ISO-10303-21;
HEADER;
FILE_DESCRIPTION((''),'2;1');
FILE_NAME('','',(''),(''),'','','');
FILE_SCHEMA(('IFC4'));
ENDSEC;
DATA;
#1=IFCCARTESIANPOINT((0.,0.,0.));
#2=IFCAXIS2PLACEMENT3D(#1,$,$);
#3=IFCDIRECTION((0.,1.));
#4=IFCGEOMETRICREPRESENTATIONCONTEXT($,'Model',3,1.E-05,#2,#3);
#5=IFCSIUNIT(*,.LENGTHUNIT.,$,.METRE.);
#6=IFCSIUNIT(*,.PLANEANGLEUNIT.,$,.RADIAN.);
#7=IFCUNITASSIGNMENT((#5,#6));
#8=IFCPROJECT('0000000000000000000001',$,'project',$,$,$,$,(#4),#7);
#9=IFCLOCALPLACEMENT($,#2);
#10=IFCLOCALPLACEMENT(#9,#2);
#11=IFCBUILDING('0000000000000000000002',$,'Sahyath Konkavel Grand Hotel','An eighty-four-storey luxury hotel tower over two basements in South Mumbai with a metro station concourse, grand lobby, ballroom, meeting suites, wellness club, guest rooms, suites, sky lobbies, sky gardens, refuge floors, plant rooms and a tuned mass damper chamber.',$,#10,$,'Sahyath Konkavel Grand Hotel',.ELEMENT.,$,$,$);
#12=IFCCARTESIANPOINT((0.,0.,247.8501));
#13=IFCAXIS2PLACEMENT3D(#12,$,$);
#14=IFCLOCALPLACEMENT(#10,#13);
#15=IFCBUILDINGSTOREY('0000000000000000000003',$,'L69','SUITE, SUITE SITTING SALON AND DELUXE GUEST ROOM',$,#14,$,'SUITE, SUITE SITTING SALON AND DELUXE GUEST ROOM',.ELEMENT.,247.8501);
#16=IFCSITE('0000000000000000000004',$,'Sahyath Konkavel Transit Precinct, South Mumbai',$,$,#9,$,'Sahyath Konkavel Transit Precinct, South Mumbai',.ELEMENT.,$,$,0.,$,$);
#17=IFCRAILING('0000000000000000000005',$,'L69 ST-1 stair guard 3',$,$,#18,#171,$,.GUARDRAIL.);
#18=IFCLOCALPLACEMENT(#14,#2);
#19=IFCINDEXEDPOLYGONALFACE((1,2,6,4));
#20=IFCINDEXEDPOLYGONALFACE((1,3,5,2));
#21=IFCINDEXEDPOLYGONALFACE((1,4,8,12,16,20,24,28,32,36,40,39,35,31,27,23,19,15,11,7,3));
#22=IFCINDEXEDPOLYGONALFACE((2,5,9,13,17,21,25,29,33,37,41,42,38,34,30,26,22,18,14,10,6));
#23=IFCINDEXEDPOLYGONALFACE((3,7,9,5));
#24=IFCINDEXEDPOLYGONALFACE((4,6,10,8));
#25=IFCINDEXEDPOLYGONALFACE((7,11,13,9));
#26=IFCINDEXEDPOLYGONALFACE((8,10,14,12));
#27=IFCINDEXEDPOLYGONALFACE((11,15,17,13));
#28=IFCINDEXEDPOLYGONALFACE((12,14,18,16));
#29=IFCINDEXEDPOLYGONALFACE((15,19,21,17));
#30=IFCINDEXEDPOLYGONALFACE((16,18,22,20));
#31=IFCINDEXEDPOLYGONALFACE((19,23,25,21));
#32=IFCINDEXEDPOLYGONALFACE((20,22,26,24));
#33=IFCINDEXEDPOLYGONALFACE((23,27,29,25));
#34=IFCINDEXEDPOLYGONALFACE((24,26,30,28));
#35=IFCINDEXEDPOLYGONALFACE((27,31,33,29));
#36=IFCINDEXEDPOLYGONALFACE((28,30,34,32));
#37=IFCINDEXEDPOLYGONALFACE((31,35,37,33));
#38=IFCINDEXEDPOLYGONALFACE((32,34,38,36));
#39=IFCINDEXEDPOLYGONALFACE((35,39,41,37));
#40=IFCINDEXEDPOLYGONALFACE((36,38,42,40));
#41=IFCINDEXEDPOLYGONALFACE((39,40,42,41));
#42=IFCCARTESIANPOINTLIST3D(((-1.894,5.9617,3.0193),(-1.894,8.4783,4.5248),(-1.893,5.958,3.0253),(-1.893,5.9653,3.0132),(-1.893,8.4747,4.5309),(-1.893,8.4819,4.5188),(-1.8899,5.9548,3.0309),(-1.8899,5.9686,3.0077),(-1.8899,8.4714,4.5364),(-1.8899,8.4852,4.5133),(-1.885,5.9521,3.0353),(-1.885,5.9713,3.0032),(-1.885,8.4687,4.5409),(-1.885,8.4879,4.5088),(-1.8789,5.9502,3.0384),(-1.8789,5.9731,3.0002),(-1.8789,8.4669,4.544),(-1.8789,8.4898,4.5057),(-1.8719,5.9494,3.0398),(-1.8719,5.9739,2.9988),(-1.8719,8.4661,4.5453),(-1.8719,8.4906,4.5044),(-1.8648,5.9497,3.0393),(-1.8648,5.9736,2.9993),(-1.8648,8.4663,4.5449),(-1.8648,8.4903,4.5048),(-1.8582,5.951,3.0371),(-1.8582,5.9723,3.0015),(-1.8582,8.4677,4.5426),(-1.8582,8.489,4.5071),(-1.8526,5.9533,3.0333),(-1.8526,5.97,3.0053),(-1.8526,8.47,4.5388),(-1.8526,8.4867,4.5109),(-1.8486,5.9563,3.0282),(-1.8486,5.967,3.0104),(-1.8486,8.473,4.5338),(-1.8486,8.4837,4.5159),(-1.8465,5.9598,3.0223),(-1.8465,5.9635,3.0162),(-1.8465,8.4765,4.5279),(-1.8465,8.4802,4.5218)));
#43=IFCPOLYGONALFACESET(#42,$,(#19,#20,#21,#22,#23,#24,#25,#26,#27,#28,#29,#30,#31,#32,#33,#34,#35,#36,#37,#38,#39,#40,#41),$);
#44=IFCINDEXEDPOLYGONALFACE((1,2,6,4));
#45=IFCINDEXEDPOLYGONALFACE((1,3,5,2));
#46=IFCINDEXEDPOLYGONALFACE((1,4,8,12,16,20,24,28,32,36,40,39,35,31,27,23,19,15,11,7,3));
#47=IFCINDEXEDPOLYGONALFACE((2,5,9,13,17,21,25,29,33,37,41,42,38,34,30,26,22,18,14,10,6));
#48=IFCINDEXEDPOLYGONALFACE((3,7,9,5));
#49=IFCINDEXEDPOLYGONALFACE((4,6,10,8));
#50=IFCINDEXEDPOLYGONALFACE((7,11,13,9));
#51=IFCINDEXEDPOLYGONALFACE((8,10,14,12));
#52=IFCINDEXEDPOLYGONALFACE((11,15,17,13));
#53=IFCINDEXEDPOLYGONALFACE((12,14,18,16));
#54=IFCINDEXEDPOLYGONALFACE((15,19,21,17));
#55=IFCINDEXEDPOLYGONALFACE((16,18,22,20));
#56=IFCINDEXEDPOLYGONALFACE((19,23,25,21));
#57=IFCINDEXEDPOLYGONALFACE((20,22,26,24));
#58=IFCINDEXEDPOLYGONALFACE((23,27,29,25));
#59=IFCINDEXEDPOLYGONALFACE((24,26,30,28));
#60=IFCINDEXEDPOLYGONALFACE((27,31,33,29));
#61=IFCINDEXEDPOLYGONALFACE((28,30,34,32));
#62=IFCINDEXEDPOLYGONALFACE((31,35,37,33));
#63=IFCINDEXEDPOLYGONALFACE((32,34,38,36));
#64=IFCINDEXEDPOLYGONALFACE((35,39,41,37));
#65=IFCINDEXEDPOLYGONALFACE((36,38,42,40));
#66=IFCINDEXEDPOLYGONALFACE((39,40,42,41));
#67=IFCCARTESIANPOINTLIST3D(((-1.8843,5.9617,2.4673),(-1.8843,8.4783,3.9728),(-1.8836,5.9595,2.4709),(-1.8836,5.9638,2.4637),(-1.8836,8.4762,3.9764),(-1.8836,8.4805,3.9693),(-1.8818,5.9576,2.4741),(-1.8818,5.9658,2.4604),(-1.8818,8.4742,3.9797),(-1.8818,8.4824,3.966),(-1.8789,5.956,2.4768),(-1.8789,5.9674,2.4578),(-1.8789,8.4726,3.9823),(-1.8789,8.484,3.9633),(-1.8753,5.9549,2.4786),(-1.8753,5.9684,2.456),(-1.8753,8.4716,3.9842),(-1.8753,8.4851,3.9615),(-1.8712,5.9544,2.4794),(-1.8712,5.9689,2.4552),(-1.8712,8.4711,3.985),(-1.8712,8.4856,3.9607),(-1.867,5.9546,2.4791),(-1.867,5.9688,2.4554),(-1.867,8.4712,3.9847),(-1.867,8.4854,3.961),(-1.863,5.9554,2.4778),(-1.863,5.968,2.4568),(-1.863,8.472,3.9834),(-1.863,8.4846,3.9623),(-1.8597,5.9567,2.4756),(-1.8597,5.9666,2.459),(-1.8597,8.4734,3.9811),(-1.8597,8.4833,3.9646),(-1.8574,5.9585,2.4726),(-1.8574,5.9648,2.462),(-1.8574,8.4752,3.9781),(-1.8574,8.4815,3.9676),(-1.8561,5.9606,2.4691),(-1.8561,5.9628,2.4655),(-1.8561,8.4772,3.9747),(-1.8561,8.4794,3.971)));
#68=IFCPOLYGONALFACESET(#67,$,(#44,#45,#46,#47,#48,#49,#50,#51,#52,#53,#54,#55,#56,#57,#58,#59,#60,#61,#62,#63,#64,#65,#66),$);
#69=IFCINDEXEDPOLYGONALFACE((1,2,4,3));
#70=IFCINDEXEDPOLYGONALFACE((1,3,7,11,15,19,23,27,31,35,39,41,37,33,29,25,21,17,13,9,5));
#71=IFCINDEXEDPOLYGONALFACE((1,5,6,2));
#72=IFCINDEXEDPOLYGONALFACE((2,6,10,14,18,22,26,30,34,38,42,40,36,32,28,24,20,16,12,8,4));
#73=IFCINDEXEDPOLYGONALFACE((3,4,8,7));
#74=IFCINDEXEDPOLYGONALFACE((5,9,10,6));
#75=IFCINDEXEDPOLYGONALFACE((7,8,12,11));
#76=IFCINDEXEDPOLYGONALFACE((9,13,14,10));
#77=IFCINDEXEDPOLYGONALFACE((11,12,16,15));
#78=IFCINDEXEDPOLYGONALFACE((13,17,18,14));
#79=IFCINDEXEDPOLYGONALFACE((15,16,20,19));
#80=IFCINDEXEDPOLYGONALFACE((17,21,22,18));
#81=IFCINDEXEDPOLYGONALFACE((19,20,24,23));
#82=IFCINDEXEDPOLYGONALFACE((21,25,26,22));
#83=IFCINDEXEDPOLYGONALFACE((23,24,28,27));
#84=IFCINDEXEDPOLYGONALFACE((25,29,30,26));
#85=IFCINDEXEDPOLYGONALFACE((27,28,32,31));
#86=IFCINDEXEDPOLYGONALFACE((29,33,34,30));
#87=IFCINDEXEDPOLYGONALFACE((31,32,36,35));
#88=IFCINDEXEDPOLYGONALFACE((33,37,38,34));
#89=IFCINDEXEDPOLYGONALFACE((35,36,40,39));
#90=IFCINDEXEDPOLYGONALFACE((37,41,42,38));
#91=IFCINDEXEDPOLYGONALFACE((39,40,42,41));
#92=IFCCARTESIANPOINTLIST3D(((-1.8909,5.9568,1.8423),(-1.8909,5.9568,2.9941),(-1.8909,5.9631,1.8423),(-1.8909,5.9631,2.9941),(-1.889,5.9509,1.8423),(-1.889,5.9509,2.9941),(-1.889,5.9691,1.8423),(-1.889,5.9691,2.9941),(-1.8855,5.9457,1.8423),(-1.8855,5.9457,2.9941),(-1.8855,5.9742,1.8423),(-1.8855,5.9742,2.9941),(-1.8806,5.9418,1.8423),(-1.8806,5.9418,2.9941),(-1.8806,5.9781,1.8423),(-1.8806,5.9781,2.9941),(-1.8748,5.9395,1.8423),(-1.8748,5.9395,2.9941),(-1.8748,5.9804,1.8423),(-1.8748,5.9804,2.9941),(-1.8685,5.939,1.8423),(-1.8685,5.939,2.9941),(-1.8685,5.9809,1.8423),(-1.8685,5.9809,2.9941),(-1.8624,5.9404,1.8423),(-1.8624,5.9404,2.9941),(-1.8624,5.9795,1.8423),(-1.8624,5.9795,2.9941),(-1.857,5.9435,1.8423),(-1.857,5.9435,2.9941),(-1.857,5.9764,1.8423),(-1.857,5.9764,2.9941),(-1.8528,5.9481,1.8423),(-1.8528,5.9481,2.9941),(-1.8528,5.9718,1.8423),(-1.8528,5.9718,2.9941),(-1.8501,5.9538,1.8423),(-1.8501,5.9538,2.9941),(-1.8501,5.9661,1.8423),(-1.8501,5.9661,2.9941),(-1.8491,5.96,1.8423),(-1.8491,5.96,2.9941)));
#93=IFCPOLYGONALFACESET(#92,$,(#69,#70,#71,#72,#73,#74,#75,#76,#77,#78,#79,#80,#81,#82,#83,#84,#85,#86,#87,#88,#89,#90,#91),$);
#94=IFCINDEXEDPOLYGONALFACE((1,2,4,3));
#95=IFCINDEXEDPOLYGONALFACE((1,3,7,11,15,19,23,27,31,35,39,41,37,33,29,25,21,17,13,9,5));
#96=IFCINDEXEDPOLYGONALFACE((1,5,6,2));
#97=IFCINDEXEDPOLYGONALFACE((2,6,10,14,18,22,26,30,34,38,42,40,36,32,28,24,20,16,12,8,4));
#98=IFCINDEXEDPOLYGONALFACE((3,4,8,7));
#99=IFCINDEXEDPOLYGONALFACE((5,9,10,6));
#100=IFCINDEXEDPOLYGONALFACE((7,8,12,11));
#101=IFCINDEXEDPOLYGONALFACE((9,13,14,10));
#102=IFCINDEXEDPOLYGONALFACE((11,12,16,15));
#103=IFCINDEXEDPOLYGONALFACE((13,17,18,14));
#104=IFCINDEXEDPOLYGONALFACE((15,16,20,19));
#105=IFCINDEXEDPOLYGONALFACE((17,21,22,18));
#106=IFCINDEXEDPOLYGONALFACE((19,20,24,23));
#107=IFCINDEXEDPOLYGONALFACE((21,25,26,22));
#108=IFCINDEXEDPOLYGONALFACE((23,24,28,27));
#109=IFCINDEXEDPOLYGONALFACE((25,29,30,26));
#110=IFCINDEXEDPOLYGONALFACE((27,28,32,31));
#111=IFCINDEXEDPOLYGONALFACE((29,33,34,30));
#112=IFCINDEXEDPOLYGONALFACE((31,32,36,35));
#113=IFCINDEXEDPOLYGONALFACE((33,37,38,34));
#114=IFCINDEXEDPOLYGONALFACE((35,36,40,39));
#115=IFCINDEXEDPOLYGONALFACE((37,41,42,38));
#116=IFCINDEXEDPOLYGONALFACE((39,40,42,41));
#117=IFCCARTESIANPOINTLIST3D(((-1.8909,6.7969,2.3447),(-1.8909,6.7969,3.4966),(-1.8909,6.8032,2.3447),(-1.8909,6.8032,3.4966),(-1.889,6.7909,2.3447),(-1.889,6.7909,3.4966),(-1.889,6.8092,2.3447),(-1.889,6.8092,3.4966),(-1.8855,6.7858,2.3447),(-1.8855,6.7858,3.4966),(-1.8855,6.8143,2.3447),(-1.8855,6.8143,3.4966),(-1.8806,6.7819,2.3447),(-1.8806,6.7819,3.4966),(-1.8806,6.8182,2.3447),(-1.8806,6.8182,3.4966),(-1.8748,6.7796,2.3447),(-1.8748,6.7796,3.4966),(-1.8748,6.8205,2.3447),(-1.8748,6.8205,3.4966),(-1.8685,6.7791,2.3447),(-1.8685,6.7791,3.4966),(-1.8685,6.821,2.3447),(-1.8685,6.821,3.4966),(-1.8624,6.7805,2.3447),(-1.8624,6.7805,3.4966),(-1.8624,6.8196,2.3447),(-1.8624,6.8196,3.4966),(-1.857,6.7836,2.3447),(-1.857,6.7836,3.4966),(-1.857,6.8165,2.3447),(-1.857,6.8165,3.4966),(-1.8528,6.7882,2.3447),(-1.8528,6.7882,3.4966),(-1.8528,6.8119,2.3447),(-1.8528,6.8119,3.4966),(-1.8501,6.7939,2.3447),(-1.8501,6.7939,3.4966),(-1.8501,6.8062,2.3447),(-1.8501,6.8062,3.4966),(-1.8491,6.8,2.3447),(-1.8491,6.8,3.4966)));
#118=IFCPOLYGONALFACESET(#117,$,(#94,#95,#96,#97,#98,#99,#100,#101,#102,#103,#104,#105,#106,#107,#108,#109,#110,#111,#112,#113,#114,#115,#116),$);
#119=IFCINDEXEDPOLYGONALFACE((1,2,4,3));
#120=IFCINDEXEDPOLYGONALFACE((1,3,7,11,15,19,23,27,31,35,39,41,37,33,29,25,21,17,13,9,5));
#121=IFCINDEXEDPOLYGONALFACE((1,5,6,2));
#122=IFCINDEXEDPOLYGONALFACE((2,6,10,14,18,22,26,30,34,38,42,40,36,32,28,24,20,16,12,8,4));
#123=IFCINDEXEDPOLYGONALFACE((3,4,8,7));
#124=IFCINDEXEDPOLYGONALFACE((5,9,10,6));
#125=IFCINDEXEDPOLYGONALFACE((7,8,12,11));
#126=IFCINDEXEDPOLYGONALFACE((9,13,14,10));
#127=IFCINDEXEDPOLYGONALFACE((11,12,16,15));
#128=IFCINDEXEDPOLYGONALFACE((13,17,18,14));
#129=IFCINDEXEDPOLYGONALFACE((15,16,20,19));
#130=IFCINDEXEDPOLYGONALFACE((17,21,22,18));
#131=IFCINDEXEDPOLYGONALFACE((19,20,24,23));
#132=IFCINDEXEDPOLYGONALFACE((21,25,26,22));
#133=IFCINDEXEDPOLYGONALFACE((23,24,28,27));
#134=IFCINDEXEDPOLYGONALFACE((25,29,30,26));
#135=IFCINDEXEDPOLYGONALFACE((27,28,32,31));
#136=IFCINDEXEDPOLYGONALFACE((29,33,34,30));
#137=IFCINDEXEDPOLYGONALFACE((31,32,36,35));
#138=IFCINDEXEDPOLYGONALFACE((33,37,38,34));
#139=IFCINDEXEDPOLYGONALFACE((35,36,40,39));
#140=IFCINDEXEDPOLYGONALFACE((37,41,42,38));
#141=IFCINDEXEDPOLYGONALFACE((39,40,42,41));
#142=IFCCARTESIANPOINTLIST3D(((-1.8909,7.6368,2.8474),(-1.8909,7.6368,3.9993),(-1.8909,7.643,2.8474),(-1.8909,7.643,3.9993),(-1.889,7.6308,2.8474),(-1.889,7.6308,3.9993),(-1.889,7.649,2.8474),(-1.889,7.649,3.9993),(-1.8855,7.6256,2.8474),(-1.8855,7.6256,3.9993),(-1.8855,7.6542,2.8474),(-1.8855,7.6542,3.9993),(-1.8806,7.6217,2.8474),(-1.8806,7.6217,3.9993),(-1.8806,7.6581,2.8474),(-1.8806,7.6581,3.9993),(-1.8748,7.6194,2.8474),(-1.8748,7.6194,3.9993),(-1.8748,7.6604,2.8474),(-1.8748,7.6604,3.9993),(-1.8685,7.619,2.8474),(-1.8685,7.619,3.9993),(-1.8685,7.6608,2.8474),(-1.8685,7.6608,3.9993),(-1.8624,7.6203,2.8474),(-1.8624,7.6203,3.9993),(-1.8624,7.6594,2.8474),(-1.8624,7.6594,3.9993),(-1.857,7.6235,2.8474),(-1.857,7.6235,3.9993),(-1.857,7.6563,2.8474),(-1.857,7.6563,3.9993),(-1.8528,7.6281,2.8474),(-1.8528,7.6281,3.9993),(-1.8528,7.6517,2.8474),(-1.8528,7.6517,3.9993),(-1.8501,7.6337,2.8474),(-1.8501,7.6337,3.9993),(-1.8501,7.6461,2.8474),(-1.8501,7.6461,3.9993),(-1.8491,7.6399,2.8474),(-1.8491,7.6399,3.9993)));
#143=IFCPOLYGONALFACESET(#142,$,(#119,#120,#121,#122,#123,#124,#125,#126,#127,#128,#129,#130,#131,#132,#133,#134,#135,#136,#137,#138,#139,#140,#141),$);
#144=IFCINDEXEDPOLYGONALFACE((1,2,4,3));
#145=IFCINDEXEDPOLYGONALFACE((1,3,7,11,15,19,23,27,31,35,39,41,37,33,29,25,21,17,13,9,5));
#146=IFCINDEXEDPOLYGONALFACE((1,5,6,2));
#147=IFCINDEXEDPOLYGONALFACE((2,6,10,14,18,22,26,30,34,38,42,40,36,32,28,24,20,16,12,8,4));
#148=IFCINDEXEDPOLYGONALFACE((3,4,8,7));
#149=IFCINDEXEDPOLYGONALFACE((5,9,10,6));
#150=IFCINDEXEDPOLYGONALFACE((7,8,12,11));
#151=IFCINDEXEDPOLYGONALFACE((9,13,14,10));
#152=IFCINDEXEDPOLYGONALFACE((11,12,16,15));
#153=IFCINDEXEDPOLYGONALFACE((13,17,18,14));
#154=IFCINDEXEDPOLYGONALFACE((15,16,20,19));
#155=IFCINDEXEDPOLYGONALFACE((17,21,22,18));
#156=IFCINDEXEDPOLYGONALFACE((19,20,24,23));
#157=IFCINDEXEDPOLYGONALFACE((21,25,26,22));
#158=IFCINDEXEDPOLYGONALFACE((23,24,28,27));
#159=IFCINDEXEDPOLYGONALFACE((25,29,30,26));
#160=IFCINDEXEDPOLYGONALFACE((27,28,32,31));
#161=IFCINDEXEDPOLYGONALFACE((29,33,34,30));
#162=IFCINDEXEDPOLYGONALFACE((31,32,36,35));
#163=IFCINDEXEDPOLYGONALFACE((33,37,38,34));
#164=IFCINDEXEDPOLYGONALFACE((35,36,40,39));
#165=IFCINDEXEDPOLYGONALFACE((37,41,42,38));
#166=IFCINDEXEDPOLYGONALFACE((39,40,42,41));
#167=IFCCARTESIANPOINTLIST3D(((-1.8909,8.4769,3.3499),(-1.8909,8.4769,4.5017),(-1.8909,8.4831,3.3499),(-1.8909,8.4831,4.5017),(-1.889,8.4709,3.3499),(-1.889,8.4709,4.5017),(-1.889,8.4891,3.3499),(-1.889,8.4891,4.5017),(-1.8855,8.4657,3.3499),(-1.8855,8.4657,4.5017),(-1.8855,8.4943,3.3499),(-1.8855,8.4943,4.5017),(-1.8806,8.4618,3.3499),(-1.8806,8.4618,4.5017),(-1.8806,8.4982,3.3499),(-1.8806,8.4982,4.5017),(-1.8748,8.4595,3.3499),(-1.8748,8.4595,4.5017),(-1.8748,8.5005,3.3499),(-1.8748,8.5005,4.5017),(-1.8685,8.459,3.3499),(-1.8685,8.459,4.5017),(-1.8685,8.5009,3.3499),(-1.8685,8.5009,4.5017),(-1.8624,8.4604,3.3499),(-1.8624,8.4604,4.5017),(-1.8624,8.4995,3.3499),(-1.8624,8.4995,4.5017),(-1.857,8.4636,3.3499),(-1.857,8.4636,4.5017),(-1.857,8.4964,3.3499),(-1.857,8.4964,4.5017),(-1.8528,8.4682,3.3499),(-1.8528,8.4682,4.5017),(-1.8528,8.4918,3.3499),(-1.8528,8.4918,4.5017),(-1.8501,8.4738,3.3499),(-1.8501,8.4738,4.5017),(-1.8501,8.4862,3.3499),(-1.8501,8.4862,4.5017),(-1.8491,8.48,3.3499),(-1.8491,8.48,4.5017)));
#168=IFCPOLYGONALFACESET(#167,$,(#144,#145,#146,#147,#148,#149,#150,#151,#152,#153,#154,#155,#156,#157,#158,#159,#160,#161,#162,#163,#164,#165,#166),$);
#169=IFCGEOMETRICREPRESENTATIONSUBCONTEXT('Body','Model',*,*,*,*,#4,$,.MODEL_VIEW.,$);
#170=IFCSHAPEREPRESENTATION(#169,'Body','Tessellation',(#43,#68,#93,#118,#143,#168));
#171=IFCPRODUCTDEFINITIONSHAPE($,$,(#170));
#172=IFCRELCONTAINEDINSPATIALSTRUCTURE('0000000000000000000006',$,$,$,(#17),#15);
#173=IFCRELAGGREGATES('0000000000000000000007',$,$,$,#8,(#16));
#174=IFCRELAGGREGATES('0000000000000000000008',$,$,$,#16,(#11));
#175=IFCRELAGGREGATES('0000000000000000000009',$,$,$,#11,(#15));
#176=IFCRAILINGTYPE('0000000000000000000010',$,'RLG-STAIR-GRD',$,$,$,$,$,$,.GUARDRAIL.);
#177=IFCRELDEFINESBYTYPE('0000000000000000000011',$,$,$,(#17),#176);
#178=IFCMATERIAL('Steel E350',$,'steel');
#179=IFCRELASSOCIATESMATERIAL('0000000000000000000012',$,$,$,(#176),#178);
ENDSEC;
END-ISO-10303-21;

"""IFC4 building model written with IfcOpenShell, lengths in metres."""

from ifc_helpers import new_model, si_unit, direction, frame, origin, origin_2d, place, context, subcontext, project, spatial, circle, extrude, material, type_object, element, save


model = new_model("IFC4")

# Units and contexts
model_context = context("Model", 3, precision=1e-05, world=origin(), true_north=direction((0.0, 1.0)))
body_context = subcontext(model_context, "Body", "Model", "MODEL_VIEW")
ifc_project = project(units=[si_unit("LENGTHUNIT", "METRE"), si_unit("PLANEANGLEUNIT", "RADIAN")], contexts=[model_context])

# Site, building, storey
site_placement = place(None, origin())
site = spatial("IfcSite", under=ifc_project, at=site_placement, Name="Sahyath Konkavel Transit Precinct, South Mumbai", LongName="Sahyath Konkavel Transit Precinct, South Mumbai", CompositionType="ELEMENT", RefElevation=0.0)
building_placement = place(site_placement, origin())
building = spatial("IfcBuilding", under=site, at=building_placement, Name="Sahyath Konkavel Grand Hotel", Description="An eighty-four-storey luxury hotel tower over two basements in South Mumbai with a metro station concourse, grand lobby, ballroom, meeting suites, wellness club, guest rooms, suites, sky lobbies, sky gardens, refuge floors, plant rooms and a tuned mass damper chamber.", LongName="Sahyath Konkavel Grand Hotel", CompositionType="ELEMENT")
storey_placement = place(building_placement, frame((0.0, 0.0, 247.8501)))
storey = spatial("IfcBuildingStorey", under=building, at=storey_placement, Name="L69", Description="SUITE, SUITE SITTING SALON AND DELUXE GUEST ROOM", LongName="SUITE, SUITE SITTING SALON AND DELUXE GUEST ROOM", CompositionType="ELEMENT", Elevation=247.8501)

# Shared definitions
ifc_material_1 = material(Name="Steel E350", Category="steel")

# Railing
railing_type_1 = type_object("IfcRailingType", Name="RLG-STAIR-GRD", PredefinedType="GUARDRAIL", material=ifc_material_1)
railing_1_placement = place(storey_placement, frame((-1.8701, 5.96, 1.8423)))
element("IfcRailing", 1, at=railing_1_placement, inside=storey, type_object=railing_type_1, Name="L69 ST-1 stair guard 3", PredefinedType="GUARDRAIL", context=body_context, shape_type="SweptSolid", body=[
    extrude(circle(Radius=0.0239, at=origin_2d()), frame((0.0, 0.0017, 1.177), z_axis=(0.0, 0.85816, 0.513383), x_axis=(-1.0, 0.0, 0.0)), (0.0, 0.0, 1.0), 2.9326),
    extrude(circle(Radius=0.0142, at=origin_2d()), frame((0.0, 0.0017, 0.625), z_axis=(0.0, 0.85816, 0.513383), x_axis=(-1.0, 0.0, 0.0)), (0.0, 0.0, 1.0), 2.9326),
    extrude(circle(Radius=0.021, at=origin_2d()), origin(), (0.0, 0.0, 1.0), 1.1519),
    extrude(circle(Radius=0.021, at=origin_2d()), frame((0.0, 0.8401, 0.5024)), (0.0, 0.0, 1.0), 1.1519),
    extrude(circle(Radius=0.021, at=origin_2d()), frame((0.0, 1.6799, 1.0051)), (0.0, 0.0, 1.0), 1.1519),
    extrude(circle(Radius=0.021, at=origin_2d()), frame((0.0, 2.52, 1.5076)), (0.0, 0.0, 1.0), 1.1519),
])

save(model, "model.ifc")
